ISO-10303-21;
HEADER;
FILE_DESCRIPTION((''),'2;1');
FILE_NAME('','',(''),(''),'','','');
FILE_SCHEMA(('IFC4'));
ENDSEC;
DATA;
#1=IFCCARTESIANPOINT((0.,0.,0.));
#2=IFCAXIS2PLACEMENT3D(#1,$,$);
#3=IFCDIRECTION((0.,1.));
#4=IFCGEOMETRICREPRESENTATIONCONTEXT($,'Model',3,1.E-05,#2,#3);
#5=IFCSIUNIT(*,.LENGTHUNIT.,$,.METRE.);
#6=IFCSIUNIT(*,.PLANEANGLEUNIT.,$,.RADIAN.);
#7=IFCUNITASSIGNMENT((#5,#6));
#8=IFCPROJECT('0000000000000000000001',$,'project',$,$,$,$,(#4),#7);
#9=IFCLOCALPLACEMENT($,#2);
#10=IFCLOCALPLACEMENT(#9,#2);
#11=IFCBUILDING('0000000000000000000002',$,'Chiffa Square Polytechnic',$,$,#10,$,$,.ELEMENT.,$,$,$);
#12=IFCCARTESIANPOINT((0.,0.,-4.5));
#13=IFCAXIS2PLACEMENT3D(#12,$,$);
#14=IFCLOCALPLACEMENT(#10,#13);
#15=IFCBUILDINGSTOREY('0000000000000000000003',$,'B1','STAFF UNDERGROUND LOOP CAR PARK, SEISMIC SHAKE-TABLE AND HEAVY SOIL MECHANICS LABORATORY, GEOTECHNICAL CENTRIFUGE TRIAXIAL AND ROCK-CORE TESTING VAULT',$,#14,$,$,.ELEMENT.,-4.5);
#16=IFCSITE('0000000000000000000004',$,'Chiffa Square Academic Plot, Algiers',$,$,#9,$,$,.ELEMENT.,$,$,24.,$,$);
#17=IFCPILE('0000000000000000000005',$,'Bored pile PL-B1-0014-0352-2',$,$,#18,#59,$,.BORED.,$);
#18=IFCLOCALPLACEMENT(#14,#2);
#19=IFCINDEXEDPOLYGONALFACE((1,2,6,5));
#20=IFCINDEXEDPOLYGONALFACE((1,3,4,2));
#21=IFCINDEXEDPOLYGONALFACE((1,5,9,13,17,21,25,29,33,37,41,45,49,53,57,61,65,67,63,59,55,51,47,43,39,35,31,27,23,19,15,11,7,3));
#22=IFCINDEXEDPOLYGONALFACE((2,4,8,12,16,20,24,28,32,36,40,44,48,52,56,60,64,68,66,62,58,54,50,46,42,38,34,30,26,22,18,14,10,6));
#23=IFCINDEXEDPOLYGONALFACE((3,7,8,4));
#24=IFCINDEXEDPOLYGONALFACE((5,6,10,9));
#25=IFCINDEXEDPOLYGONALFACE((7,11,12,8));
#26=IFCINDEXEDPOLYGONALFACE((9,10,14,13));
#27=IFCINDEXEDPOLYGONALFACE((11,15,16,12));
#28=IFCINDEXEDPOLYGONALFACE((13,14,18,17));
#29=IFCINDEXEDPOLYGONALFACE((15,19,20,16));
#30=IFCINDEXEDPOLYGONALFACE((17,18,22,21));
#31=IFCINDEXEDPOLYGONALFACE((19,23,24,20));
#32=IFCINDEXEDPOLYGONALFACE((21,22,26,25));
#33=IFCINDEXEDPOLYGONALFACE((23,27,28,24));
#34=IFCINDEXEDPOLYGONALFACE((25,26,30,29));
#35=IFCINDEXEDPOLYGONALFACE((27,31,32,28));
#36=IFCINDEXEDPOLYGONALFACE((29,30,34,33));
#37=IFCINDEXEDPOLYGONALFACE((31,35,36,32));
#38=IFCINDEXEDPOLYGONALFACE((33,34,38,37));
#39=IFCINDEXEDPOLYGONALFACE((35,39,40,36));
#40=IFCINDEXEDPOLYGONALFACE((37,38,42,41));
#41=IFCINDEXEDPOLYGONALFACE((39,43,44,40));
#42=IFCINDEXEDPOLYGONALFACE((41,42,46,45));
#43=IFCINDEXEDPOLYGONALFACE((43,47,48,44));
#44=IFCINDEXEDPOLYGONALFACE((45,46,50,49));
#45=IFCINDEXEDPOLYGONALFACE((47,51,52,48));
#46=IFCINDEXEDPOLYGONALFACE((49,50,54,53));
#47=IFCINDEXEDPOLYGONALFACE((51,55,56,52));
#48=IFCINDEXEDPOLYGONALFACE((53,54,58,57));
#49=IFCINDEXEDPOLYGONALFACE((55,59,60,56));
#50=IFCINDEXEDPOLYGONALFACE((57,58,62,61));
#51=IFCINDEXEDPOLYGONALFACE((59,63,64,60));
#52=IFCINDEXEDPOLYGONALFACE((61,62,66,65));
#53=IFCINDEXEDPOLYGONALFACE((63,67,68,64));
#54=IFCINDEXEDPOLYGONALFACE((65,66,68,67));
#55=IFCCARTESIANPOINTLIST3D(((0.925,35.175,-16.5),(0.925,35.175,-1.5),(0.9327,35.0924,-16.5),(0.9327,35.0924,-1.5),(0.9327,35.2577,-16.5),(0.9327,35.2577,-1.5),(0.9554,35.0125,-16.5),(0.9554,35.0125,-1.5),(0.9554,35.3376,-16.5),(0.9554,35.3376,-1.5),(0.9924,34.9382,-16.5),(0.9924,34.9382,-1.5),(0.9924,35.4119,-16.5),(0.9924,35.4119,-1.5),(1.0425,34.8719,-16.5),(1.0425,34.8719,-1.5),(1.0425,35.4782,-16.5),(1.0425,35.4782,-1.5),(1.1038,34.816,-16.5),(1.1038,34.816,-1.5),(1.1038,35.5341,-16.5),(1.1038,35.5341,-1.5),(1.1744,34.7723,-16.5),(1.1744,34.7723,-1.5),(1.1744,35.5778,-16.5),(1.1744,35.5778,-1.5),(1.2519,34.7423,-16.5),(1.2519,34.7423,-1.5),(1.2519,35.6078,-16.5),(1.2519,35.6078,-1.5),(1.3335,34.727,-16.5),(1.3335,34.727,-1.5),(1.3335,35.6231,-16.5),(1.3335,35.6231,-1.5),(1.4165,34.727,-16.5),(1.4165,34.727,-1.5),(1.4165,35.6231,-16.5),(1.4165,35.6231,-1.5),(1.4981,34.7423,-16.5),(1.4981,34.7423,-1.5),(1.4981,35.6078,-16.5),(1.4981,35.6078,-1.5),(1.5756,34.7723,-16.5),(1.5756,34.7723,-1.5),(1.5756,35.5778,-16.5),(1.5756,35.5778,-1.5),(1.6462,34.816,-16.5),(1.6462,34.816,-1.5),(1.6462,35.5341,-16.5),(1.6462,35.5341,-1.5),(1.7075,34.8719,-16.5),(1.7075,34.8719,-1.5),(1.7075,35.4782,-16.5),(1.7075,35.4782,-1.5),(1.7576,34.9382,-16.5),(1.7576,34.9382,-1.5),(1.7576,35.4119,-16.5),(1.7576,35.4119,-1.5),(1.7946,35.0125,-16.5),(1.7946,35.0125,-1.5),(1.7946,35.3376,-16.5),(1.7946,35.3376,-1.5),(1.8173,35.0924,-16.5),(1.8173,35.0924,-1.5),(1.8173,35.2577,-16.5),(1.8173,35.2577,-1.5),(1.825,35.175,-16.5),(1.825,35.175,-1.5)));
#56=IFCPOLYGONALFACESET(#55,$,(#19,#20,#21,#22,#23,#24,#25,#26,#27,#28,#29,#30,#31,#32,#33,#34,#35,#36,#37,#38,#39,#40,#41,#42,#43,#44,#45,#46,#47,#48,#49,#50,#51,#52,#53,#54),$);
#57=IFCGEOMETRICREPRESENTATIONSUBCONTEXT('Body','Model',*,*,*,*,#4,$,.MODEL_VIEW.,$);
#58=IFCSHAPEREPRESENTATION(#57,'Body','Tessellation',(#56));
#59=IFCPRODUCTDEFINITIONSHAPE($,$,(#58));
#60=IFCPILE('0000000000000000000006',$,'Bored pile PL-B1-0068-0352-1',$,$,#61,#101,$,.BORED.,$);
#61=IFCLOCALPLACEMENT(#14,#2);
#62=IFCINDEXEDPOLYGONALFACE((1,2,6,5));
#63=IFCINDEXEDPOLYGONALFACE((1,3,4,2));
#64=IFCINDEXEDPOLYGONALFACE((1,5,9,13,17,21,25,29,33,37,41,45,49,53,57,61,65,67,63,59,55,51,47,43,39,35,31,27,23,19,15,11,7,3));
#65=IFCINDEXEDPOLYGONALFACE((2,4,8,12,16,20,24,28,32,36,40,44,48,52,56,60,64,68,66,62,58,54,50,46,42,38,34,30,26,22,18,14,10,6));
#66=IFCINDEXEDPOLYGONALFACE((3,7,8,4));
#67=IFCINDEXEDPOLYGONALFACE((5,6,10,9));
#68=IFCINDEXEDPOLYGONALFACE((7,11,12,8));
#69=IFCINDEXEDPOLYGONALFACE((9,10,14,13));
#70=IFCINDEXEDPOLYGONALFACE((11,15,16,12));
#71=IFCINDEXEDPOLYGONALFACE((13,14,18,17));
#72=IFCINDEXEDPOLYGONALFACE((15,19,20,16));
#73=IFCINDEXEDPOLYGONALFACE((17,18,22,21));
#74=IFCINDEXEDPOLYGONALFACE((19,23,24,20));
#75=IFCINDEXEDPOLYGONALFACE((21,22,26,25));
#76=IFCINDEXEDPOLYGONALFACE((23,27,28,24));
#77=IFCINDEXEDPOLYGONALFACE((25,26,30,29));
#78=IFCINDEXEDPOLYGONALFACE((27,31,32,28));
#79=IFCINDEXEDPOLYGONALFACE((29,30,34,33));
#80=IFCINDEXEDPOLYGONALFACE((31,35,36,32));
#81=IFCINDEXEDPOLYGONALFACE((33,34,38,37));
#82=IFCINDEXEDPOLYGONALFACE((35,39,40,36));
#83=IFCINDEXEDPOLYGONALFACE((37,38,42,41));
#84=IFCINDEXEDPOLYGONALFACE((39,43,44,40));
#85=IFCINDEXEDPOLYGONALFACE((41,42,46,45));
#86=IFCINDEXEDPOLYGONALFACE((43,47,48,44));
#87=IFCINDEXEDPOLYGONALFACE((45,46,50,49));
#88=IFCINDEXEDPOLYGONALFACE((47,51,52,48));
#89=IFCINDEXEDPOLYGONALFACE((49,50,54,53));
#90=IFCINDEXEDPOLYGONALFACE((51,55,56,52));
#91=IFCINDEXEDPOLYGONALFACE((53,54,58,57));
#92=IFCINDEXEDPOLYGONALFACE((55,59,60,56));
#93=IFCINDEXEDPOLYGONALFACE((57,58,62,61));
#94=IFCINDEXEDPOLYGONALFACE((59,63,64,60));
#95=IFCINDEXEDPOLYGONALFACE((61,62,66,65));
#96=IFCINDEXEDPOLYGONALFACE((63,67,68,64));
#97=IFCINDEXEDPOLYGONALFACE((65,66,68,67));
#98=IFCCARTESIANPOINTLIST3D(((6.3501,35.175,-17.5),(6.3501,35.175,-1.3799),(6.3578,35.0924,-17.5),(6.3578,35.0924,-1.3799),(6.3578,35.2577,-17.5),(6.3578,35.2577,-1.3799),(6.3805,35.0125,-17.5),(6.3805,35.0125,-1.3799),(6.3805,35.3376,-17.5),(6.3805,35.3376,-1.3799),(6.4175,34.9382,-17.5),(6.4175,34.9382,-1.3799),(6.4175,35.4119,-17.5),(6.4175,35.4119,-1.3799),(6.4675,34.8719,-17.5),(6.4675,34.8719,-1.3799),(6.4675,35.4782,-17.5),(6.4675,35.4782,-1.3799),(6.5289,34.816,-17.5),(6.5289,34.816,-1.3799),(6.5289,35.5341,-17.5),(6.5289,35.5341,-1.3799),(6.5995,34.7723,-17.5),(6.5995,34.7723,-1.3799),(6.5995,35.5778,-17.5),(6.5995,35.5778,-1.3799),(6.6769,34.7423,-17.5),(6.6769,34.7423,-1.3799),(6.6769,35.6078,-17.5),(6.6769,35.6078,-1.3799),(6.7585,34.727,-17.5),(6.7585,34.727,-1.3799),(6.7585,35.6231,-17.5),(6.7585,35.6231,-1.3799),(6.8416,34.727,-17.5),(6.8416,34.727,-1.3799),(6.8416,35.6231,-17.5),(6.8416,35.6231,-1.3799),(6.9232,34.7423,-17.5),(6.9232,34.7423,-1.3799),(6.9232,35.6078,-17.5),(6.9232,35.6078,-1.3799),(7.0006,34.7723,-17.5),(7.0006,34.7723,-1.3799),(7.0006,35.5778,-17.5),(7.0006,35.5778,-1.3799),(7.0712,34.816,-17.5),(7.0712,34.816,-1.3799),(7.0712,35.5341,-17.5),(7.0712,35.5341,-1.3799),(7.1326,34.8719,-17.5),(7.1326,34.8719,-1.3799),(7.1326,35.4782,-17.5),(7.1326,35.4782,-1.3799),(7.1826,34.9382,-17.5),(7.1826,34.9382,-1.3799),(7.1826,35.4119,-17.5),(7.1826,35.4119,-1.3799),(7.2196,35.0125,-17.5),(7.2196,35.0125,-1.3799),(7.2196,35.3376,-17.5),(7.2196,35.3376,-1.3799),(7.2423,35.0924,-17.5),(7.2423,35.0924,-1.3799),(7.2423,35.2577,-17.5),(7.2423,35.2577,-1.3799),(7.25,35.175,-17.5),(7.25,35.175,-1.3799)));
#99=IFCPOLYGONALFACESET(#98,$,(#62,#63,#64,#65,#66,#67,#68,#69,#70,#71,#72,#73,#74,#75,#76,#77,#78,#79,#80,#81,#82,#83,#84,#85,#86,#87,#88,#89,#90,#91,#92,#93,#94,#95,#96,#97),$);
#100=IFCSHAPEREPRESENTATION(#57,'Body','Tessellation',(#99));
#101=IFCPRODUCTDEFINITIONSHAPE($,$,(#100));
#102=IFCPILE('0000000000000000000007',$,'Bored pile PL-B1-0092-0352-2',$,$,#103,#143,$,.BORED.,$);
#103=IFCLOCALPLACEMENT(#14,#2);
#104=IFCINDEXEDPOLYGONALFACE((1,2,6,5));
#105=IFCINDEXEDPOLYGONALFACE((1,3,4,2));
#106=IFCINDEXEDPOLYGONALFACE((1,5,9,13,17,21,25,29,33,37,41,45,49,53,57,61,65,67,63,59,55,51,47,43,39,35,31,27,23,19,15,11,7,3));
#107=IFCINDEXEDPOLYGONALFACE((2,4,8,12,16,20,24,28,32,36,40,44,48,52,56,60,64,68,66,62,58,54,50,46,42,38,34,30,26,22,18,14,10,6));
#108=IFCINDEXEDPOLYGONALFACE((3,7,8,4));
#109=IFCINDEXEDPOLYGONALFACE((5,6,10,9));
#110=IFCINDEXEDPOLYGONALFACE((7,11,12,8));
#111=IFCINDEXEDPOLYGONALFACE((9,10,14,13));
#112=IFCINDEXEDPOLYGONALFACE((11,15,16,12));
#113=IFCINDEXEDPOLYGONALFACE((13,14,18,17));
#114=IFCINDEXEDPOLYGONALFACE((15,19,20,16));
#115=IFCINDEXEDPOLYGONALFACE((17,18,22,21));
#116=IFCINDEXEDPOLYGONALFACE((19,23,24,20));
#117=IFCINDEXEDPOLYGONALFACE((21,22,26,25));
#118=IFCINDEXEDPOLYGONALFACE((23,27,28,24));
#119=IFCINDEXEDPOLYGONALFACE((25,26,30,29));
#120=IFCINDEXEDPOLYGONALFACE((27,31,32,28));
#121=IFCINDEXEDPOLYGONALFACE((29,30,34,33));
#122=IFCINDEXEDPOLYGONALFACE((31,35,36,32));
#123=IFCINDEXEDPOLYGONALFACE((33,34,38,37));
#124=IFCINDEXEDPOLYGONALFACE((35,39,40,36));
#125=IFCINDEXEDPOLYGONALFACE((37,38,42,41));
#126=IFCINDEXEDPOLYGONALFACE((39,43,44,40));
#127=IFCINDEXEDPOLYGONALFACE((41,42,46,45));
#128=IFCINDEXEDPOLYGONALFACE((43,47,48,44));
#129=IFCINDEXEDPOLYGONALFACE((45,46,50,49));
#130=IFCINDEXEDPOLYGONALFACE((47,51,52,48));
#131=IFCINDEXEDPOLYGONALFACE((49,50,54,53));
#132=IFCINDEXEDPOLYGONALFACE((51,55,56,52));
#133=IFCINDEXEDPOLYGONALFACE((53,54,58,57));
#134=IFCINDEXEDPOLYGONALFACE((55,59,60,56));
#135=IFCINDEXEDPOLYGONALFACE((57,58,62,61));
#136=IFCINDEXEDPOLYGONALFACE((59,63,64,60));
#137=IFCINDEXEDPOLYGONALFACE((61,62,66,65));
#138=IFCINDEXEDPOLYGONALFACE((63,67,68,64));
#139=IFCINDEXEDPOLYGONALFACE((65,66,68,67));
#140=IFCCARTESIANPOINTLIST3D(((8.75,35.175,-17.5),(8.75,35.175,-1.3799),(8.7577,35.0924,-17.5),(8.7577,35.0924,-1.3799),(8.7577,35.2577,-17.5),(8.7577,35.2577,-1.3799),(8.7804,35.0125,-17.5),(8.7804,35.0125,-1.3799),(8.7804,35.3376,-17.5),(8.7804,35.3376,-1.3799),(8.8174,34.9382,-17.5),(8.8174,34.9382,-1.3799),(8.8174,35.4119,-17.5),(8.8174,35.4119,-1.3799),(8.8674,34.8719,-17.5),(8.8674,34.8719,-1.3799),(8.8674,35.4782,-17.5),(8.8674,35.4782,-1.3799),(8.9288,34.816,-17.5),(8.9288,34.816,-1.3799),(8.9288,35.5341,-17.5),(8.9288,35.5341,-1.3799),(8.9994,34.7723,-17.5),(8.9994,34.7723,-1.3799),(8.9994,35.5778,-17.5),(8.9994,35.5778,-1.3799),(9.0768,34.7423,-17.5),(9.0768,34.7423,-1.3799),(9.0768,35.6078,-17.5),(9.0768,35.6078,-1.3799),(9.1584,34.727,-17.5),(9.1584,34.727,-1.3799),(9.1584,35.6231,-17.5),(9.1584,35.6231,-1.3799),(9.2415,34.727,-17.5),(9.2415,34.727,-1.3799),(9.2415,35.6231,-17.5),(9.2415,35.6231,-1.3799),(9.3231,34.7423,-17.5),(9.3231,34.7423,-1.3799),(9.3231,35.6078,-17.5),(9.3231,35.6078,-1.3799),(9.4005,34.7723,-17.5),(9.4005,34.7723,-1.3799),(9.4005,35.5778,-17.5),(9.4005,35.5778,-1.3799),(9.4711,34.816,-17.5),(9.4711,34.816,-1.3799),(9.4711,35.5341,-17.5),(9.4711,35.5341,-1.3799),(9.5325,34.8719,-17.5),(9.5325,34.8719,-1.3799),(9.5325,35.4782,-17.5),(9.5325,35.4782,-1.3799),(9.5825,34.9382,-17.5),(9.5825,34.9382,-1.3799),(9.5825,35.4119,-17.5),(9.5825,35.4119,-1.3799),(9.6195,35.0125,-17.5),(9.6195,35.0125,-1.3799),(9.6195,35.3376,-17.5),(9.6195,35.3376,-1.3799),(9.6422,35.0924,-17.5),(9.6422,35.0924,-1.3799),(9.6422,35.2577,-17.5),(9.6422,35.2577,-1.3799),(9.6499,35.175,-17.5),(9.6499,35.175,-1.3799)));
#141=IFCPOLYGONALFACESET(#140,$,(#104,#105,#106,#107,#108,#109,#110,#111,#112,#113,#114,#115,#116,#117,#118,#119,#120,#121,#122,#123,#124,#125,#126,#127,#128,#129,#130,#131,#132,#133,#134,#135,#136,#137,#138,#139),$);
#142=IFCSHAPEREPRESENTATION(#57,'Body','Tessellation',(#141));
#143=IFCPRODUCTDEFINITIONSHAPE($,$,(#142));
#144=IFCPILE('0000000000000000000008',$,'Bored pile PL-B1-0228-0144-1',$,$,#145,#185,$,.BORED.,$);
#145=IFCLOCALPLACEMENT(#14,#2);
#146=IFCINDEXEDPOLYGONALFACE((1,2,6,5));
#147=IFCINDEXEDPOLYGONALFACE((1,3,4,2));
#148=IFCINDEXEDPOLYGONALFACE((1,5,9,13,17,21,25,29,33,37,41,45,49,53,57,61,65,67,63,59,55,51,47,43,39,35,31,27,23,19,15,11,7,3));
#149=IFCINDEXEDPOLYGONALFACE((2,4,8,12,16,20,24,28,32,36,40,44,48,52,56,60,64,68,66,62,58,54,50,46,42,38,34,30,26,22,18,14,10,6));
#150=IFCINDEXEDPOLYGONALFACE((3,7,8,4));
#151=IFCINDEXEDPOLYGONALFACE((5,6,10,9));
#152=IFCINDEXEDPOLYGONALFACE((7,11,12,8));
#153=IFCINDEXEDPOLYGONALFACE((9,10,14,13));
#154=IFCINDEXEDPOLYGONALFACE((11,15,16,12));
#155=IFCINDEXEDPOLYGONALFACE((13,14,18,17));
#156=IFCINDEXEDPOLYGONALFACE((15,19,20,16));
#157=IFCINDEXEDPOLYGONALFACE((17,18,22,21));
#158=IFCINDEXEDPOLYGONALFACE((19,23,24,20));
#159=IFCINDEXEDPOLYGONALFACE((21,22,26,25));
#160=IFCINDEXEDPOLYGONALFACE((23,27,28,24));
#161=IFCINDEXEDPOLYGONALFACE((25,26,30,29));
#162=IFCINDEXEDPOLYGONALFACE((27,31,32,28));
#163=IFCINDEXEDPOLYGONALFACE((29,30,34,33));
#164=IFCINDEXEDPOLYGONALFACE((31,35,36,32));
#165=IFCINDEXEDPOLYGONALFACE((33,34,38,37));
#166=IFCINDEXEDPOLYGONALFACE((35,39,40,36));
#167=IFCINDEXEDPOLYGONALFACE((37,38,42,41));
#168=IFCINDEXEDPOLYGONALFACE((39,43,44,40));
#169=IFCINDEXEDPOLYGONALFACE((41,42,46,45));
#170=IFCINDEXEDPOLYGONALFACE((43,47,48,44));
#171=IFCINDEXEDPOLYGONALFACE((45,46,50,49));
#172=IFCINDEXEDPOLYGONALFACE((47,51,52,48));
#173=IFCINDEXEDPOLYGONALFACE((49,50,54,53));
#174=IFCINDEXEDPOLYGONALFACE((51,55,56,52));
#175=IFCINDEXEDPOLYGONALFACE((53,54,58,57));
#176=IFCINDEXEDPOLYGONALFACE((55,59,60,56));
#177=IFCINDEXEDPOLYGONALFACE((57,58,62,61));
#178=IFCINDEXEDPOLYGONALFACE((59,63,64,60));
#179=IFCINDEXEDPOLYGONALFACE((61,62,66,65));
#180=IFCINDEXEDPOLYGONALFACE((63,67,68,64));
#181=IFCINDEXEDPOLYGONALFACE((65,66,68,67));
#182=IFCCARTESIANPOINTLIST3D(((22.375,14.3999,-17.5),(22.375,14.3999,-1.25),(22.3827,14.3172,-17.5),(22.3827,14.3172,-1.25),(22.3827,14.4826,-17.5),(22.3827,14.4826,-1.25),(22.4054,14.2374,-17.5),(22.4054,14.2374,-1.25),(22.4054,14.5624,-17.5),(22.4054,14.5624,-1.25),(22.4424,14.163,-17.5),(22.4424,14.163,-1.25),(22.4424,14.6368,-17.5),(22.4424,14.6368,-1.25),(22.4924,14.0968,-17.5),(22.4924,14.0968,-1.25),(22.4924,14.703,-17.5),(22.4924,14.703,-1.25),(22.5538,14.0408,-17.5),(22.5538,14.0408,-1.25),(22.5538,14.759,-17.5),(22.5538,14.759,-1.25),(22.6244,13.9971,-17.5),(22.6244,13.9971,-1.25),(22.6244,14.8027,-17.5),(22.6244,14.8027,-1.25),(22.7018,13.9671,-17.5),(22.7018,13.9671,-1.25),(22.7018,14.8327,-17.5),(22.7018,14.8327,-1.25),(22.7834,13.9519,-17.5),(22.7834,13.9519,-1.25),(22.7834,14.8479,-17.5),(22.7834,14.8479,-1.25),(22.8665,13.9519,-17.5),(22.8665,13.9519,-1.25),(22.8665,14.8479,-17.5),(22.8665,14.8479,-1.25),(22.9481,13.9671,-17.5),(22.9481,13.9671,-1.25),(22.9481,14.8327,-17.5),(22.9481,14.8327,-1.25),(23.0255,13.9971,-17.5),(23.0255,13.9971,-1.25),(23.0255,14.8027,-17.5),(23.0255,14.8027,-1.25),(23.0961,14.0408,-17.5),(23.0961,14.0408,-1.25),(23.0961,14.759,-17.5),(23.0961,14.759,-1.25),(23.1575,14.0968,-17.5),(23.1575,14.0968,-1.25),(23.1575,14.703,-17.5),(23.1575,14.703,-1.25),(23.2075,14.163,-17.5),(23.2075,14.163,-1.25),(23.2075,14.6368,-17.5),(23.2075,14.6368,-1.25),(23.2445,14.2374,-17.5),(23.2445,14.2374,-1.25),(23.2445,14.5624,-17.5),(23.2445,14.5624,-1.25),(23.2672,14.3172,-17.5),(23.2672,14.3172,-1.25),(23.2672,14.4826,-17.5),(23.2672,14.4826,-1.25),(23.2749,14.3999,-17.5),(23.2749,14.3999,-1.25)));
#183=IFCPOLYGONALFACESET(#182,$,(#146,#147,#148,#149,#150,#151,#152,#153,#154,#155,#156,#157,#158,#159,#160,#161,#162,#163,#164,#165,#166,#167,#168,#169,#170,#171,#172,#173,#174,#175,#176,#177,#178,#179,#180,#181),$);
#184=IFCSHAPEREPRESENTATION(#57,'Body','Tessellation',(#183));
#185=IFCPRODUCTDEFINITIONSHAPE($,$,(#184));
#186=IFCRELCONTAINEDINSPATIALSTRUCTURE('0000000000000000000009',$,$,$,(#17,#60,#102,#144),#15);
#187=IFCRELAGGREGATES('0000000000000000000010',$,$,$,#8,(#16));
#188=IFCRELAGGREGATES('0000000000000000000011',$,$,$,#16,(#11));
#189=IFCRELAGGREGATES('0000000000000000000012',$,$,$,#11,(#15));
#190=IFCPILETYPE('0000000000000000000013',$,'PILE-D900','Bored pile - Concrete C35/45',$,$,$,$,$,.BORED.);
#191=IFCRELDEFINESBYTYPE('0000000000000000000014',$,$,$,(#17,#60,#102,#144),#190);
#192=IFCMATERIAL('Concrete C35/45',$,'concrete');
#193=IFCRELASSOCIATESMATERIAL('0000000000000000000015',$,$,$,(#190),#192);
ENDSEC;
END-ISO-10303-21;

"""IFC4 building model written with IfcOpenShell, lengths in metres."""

from ifc_helpers import new_model, si_unit, direction, frame, origin, origin_2d, place, context, subcontext, project, spatial, circle, extrude, material, material_profile, profile_set, type_object, element, save


model = new_model("IFC4")

# Units and contexts
model_context = context("Model", 3, precision=1e-05, world=origin(), true_north=direction((0.0, 1.0)))
body_context = subcontext(model_context, "Body", "Model", "MODEL_VIEW")
ifc_project = project(units=[si_unit("LENGTHUNIT", "METRE"), si_unit("PLANEANGLEUNIT", "RADIAN")], contexts=[model_context])

# Site, building, storey
site_placement = place(None, origin())
site = spatial("IfcSite", under=ifc_project, at=site_placement, Name="Chiffa Square Academic Plot, Algiers", CompositionType="ELEMENT", RefElevation=24.0)
building_placement = place(site_placement, origin())
building = spatial("IfcBuilding", under=site, at=building_placement, Name="Chiffa Square Polytechnic", CompositionType="ELEMENT")
storey_placement = place(building_placement, frame((0.0, 0.0, -4.5)))
storey = spatial("IfcBuildingStorey", under=building, at=storey_placement, Name="B1", Description="STAFF UNDERGROUND LOOP CAR PARK, SEISMIC SHAKE-TABLE AND HEAVY SOIL MECHANICS LABORATORY, GEOTECHNICAL CENTRIFUGE TRIAXIAL AND ROCK-CORE TESTING VAULT", CompositionType="ELEMENT", Elevation=-4.5)

# Shared definitions
ifc_material = material(Name="Concrete C35/45", Category="concrete")

# Piles
ifc_material_profile_1 = material_profile(ifc_material, circle(Radius=0.45, at=origin_2d()), Name="PILE D900")
ifc_profile_set_1 = profile_set([ifc_material_profile_1], Name="Concrete C35/45")
pile_type_1 = type_object("IfcPileType", Name="PILE-D900", Description="Bored pile - Concrete C35/45", PredefinedType="BORED", material=ifc_profile_set_1)
for number, where, z_axis, x_axis, name in (
    (1, (1.375, 35.175, -1.5), (0.0, 0.0, -1.0), (1.0, 0.0, 0.0), "Bored pile PL-B1-0014-0352-2"),
):
    element("IfcPile", number, at=place(storey_placement, frame(where, z_axis=z_axis, x_axis=x_axis)), inside=storey, type_object=pile_type_1, Name=name, PredefinedType="BORED", context=body_context, shape_type="SweptSolid", body=[
        extrude(circle(Radius=0.45, at=origin_2d()), origin(), (0.0, 0.0, 1.0), 15.0),
    ])
for number, where, z_axis, x_axis, name in (
    (2, (6.8, 35.175, -1.3799), (0.0, 0.0, -1.0), (1.0, 0.0, 0.0), "Bored pile PL-B1-0068-0352-1"),
    (3, (9.2, 35.175, -1.3799), (0.0, 0.0, -1.0), (1.0, 0.0, 0.0), "Bored pile PL-B1-0092-0352-2"),
):
    element("IfcPile", number, at=place(storey_placement, frame(where, z_axis=z_axis, x_axis=x_axis)), inside=storey, type_object=pile_type_1, Name=name, PredefinedType="BORED", context=body_context, shape_type="SweptSolid", body=[
        extrude(circle(Radius=0.45, at=origin_2d()), origin(), (0.0, 0.0, 1.0), 16.1201),
    ])
pile_1_placement = place(storey_placement, frame((22.825, 14.3999, -1.25), z_axis=(0.0, 0.0, -1.0), x_axis=(1.0, 0.0, 0.0)))
element("IfcPile", 4, at=pile_1_placement, inside=storey, type_object=pile_type_1, Name="Bored pile PL-B1-0228-0144-1", PredefinedType="BORED", context=body_context, shape_type="SweptSolid", body=[
    extrude(circle(Radius=0.45, at=origin_2d()), origin(), (0.0, 0.0, 1.0), 16.25),
])

save(model, "model.ifc")
